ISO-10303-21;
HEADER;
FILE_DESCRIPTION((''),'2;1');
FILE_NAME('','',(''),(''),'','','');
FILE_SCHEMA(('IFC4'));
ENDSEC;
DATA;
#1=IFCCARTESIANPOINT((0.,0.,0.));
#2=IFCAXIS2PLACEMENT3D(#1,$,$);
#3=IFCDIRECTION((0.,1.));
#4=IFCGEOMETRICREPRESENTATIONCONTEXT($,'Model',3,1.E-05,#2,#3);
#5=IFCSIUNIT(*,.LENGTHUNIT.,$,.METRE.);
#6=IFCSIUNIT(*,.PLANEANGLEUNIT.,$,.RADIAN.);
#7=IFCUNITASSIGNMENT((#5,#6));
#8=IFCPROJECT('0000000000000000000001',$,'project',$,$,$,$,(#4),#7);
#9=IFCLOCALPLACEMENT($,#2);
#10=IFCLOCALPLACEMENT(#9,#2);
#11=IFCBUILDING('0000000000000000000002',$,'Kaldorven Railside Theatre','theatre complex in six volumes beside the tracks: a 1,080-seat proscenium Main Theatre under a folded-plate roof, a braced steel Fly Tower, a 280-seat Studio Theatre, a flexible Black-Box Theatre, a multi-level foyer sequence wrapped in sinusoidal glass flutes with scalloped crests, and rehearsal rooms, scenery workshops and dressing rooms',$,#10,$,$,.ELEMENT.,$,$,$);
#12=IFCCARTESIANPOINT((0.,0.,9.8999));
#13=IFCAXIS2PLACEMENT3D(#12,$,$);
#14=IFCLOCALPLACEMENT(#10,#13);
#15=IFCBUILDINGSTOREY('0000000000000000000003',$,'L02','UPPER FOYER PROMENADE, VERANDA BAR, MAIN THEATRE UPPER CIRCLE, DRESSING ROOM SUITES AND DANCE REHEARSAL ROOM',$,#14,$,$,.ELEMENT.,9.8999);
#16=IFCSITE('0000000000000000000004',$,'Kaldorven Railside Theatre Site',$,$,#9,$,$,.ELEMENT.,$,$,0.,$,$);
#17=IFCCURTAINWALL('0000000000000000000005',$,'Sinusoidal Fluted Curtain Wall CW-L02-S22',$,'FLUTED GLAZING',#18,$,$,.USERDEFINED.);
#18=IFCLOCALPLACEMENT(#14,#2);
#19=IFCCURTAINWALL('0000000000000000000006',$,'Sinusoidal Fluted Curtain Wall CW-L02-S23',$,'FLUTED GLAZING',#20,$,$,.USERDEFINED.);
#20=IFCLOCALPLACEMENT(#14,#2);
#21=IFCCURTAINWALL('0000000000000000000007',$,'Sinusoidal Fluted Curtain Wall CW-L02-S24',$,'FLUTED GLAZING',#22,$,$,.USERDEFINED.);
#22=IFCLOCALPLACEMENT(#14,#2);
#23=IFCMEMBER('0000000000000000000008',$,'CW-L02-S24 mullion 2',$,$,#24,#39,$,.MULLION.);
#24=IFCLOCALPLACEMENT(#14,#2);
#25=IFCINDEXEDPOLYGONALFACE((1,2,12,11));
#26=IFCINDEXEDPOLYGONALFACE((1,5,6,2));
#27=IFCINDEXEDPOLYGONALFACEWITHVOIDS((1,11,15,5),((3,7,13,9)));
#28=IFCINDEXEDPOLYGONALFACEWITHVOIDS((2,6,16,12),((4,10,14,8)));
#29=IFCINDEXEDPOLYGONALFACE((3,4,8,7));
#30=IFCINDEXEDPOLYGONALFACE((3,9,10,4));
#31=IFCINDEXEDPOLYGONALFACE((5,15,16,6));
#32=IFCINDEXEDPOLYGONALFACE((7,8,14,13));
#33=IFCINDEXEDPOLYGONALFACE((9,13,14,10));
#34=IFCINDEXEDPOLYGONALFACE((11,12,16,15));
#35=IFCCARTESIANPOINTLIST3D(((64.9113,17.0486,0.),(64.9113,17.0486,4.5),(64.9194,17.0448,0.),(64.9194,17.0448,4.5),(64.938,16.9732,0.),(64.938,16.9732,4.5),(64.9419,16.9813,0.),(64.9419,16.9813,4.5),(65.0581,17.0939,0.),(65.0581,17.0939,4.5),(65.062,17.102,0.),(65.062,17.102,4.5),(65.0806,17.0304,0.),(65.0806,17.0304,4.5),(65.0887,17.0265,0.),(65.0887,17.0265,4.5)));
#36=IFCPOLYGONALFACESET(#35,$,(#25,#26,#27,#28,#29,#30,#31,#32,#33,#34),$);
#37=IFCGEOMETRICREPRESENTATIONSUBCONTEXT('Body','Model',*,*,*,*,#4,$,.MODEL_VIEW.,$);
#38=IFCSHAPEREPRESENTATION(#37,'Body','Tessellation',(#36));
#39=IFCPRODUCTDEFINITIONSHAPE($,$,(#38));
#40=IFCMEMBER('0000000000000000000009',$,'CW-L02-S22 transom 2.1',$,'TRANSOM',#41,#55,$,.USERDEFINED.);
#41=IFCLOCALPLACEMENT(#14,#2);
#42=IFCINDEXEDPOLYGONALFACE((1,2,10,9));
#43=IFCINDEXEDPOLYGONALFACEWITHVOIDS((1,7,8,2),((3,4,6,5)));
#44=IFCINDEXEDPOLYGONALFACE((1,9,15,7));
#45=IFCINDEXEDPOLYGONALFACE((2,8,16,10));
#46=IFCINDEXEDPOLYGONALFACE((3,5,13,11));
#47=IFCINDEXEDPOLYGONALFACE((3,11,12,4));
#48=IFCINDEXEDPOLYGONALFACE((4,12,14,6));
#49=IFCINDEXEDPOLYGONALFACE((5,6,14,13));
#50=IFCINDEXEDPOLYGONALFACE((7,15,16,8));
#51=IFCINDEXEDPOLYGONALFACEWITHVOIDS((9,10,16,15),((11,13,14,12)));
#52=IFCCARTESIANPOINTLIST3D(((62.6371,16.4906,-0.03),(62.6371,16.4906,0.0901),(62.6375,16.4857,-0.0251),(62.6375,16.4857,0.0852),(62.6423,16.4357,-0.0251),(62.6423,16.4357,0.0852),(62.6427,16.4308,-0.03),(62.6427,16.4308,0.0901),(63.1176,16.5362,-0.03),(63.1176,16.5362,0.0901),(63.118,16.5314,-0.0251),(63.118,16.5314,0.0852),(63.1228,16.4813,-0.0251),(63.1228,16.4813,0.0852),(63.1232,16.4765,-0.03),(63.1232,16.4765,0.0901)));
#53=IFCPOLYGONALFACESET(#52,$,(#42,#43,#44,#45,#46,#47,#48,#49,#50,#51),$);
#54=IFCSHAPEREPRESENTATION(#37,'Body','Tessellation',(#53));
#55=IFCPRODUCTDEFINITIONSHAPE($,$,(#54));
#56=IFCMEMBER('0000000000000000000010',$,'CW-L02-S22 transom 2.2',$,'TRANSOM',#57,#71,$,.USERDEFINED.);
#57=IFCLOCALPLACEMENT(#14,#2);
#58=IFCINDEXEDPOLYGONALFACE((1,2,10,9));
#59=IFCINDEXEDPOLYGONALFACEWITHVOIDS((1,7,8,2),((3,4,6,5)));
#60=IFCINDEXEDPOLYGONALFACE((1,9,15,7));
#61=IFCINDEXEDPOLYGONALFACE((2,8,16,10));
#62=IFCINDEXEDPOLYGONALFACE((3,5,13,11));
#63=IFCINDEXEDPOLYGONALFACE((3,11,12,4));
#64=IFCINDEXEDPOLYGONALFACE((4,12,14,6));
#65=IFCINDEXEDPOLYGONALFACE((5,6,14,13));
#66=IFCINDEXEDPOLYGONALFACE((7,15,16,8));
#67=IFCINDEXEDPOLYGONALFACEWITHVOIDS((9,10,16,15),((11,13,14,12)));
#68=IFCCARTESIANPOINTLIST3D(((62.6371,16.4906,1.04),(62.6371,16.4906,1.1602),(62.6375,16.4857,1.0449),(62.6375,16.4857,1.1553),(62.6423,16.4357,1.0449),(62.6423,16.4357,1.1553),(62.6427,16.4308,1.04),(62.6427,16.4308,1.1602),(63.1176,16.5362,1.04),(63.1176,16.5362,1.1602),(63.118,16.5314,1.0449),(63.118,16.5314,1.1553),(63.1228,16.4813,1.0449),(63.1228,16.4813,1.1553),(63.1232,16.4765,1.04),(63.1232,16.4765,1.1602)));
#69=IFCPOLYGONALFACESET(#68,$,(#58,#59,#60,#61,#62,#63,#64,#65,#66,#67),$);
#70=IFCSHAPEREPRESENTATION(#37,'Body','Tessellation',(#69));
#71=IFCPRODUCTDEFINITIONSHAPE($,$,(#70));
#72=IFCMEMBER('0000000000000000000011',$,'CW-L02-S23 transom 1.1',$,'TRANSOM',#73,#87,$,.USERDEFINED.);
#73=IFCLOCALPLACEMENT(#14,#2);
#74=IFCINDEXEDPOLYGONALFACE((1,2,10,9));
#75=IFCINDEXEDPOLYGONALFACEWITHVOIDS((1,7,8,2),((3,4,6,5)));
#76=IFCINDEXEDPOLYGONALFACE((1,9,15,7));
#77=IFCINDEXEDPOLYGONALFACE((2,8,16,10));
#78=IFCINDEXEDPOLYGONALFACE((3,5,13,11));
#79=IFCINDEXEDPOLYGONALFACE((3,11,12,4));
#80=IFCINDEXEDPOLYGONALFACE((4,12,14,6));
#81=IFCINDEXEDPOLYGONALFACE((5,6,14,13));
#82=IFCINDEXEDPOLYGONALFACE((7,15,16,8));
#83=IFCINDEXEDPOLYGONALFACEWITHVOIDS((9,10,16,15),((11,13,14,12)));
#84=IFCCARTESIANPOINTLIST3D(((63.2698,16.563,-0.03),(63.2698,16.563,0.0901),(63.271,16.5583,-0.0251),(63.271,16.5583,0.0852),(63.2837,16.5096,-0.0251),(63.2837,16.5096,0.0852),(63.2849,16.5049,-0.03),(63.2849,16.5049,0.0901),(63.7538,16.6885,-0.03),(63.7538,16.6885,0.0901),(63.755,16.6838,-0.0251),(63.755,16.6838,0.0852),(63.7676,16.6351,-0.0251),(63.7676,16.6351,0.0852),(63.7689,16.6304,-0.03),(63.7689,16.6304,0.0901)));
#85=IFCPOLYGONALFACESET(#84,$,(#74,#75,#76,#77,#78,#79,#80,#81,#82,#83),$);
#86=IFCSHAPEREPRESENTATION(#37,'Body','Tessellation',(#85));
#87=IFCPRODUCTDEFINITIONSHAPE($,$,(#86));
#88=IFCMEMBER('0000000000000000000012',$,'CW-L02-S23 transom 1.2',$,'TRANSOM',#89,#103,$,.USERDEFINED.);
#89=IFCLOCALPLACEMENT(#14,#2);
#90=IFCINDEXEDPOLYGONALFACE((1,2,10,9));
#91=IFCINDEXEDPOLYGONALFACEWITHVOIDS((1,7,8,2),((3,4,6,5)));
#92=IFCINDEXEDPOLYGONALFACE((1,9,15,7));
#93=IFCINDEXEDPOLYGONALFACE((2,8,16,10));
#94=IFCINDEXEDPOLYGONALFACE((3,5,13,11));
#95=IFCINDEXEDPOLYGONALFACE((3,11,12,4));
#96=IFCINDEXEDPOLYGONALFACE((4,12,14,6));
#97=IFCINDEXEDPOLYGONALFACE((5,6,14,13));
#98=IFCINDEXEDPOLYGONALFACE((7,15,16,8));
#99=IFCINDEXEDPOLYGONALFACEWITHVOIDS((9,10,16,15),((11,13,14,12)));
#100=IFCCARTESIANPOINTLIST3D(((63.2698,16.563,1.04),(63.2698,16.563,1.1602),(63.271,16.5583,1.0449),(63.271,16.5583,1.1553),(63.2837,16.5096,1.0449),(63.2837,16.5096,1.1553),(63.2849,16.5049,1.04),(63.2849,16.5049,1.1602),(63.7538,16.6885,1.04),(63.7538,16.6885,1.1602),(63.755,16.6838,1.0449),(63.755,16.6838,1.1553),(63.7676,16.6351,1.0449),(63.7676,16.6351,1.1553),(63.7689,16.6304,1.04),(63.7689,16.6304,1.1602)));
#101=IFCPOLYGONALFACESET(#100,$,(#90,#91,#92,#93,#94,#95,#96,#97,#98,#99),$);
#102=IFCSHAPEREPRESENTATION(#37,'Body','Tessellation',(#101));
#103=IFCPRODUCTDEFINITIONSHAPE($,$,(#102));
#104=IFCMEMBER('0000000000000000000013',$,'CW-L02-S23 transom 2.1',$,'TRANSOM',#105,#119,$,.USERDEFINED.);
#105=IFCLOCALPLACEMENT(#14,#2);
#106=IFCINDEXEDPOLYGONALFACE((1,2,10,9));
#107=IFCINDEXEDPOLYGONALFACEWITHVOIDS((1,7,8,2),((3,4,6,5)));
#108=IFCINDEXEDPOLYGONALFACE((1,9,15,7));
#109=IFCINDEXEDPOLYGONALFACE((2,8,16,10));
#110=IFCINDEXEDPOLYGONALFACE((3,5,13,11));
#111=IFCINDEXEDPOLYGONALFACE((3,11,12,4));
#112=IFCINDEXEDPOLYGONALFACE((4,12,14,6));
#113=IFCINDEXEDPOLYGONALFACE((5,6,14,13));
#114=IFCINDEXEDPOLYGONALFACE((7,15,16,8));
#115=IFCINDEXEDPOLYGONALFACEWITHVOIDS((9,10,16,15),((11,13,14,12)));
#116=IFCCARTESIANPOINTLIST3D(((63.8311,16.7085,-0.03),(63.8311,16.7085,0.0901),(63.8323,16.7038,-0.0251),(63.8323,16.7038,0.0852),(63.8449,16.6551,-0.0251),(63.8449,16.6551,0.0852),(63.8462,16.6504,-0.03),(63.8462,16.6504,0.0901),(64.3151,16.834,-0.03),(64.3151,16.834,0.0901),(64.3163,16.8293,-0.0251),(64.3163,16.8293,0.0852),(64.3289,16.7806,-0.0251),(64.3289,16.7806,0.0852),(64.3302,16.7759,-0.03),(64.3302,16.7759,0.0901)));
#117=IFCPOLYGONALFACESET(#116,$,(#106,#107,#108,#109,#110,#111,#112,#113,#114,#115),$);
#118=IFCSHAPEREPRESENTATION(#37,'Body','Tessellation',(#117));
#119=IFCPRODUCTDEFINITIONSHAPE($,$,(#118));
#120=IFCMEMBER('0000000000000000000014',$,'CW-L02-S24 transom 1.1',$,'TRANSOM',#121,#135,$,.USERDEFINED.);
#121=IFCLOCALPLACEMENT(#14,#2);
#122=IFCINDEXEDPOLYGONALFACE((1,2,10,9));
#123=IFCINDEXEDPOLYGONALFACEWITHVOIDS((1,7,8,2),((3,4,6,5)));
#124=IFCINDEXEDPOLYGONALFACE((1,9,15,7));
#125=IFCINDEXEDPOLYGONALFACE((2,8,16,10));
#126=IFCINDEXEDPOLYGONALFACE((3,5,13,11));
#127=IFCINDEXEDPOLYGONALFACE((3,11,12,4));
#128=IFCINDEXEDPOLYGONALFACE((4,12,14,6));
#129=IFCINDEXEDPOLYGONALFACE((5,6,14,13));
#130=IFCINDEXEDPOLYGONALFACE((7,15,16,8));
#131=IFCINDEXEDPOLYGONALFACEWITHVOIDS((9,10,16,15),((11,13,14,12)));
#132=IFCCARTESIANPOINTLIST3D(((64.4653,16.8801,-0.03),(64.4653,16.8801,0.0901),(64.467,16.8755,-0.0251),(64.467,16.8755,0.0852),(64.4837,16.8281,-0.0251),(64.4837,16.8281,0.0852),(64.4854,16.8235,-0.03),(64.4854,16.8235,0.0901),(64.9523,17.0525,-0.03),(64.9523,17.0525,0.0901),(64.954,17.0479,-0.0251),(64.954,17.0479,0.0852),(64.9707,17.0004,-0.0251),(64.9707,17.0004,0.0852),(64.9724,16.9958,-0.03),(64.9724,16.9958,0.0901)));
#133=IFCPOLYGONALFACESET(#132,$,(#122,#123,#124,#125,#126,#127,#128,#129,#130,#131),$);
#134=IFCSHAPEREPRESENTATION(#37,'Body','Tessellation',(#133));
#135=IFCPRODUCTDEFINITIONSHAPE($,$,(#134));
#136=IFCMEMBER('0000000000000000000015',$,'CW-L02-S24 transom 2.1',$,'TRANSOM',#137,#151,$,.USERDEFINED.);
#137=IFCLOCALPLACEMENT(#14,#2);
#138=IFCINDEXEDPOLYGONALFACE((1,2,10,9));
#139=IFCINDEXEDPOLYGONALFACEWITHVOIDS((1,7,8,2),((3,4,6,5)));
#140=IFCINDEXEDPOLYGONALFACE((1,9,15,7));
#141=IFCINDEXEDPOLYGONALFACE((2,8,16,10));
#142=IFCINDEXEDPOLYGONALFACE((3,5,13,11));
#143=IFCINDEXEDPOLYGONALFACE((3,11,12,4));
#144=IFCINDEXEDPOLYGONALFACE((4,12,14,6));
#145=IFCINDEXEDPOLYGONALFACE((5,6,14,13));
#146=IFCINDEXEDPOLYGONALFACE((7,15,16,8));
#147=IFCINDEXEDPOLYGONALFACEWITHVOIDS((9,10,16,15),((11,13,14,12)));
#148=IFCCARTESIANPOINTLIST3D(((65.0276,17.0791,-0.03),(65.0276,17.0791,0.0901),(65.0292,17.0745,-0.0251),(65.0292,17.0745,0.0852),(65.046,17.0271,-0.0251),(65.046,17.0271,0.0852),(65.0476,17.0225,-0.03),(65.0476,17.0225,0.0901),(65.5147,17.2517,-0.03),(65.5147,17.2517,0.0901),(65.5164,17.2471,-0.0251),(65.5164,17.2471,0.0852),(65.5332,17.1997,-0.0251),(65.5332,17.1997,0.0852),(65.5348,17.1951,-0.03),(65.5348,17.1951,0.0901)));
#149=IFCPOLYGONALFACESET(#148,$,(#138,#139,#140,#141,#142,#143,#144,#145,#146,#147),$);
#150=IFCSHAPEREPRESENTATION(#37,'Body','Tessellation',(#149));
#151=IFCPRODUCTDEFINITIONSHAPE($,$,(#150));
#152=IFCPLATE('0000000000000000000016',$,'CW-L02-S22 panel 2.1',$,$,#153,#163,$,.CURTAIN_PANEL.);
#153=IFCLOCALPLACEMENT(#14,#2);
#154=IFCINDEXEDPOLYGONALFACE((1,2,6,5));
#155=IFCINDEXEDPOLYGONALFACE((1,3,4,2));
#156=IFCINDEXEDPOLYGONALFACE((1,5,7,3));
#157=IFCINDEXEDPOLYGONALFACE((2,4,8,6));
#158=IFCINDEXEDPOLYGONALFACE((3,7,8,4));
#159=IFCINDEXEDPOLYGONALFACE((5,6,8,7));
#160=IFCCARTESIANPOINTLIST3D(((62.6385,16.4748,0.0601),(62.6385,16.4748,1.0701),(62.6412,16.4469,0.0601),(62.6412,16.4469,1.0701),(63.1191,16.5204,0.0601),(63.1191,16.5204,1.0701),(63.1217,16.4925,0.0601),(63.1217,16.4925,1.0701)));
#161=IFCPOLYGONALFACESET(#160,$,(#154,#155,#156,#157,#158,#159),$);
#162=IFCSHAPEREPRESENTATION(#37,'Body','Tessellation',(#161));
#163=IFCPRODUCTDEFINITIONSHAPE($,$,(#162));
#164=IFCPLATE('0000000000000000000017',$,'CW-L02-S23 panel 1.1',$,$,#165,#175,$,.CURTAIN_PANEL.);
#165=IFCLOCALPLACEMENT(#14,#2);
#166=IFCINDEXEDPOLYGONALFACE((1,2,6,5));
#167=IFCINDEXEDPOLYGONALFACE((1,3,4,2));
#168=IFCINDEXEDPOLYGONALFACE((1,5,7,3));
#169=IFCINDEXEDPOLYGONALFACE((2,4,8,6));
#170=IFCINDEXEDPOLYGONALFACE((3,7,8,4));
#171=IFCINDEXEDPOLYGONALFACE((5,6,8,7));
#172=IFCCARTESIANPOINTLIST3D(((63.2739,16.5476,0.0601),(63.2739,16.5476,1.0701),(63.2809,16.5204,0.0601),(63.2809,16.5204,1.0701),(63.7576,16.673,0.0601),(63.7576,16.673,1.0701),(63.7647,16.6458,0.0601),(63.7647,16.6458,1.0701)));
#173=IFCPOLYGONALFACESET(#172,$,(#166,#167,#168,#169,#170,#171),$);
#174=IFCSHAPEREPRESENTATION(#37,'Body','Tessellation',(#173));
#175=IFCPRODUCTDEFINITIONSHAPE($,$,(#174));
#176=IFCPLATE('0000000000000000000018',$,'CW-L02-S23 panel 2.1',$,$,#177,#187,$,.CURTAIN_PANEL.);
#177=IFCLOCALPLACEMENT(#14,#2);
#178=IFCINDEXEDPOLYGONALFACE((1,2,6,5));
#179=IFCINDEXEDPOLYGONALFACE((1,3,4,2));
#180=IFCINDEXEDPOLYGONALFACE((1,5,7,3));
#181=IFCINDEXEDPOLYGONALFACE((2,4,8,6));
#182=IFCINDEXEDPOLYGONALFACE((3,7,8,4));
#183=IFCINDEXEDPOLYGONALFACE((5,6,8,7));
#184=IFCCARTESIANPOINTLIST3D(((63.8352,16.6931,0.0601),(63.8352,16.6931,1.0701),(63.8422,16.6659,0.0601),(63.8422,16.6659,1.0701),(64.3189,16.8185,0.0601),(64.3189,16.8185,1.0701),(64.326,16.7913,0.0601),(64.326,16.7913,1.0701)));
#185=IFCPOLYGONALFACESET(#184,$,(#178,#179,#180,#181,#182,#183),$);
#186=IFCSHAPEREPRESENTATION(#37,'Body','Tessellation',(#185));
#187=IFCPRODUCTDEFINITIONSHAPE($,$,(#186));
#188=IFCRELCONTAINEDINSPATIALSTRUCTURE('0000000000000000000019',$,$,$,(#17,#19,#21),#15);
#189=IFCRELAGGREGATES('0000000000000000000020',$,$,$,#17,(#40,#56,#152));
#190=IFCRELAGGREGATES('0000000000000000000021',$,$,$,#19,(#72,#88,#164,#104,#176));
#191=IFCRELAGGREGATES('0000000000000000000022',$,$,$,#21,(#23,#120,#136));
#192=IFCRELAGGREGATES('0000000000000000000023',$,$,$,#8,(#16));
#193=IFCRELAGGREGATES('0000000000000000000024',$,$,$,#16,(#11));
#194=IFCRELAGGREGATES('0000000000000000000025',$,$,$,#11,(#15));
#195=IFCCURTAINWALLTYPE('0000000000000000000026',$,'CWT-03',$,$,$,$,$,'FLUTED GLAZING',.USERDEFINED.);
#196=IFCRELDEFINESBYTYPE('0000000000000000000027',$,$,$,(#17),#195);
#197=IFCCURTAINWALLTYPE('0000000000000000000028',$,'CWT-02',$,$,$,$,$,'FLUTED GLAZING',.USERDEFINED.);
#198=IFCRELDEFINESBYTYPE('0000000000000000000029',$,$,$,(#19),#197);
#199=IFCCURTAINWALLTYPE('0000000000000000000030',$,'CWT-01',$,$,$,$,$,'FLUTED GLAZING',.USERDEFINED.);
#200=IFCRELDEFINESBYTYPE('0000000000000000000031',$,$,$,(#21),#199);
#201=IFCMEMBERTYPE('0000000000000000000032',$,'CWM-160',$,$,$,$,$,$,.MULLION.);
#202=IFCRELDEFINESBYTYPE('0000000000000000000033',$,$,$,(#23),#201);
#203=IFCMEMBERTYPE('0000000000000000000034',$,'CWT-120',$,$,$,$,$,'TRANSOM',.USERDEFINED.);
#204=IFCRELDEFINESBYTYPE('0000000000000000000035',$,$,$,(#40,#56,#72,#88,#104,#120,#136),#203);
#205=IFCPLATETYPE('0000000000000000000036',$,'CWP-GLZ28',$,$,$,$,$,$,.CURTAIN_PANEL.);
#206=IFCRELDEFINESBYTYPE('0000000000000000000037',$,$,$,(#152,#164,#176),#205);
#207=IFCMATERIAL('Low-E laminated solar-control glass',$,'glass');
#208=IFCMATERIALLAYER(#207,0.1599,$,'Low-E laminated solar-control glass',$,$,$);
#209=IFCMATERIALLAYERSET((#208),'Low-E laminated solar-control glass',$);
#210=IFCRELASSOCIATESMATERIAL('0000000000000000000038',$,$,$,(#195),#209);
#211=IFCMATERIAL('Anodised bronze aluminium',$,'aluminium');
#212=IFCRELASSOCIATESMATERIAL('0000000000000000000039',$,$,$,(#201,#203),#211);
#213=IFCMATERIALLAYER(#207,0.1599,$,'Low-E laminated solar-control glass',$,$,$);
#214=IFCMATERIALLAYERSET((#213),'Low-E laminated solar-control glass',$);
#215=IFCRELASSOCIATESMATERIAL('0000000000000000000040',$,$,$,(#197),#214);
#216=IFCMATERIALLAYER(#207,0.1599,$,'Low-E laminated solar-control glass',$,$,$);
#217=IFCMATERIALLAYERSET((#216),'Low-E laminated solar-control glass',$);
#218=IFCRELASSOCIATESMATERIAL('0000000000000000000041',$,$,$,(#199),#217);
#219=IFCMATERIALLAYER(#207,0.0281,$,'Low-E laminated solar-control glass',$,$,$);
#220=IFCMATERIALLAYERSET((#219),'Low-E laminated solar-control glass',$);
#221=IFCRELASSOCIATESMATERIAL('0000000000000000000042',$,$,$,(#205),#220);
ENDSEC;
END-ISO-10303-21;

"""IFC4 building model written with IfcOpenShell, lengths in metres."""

from ifc_helpers import new_model, si_unit, direction, frame, origin, origin_2d, place, context, subcontext, project, spatial, rectangle, hollow_rectangle, extrude, material, layer, layer_set, material_profile, profile_set, type_object, element, aggregate, save


model = new_model("IFC4")

# Units and contexts
model_context = context("Model", 3, precision=1e-05, world=origin(), true_north=direction((0.0, 1.0)))
body_context = subcontext(model_context, "Body", "Model", "MODEL_VIEW")
ifc_project = project(units=[si_unit("LENGTHUNIT", "METRE"), si_unit("PLANEANGLEUNIT", "RADIAN")], contexts=[model_context])

# Site, building, storey
site_placement = place(None, origin())
site = spatial("IfcSite", under=ifc_project, at=site_placement, Name="Kaldorven Railside Theatre Site", CompositionType="ELEMENT", RefElevation=0.0)
building_placement = place(site_placement, origin())
building = spatial("IfcBuilding", under=site, at=building_placement, Name="Kaldorven Railside Theatre", Description="theatre complex in six volumes beside the tracks: a 1,080-seat proscenium Main Theatre under a folded-plate roof, a braced steel Fly Tower, a 280-seat Studio Theatre, a flexible Black-Box Theatre, a multi-level foyer sequence wrapped in sinusoidal glass flutes with scalloped crests, and rehearsal rooms, scenery workshops and dressing rooms", CompositionType="ELEMENT")
storey_placement = place(building_placement, frame((0.0, 0.0, 9.8999)))
storey = spatial("IfcBuildingStorey", under=building, at=storey_placement, Name="L02", Description="UPPER FOYER PROMENADE, VERANDA BAR, MAIN THEATRE UPPER CIRCLE, DRESSING ROOM SUITES AND DANCE REHEARSAL ROOM", CompositionType="ELEMENT", Elevation=9.8999)

# Curtain walls, member
ifc_material_1 = material(Name="Low-E laminated solar-control glass", Category="glass")
ifc_layer_1 = layer(ifc_material_1, 0.1599, Name="Low-E laminated solar-control glass")
ifc_layer_set_1 = layer_set([ifc_layer_1], Name="Low-E laminated solar-control glass")
curtain_wall_type_1 = type_object("IfcCurtainWallType", Name="CWT-03", ElementType="FLUTED GLAZING", PredefinedType="USERDEFINED", material=ifc_layer_set_1)
curtain_wall_1_placement = place(storey_placement, origin())
curtain_wall_1 = element("IfcCurtainWall", 1, at=curtain_wall_1_placement, inside=storey, type_object=curtain_wall_type_1, Name="Sinusoidal Fluted Curtain Wall CW-L02-S22", ObjectType="FLUTED GLAZING", PredefinedType="USERDEFINED")
ifc_material_2 = material(Name="Anodised bronze aluminium", Category="aluminium")
ifc_material_profile_1 = material_profile(ifc_material_2, hollow_rectangle(XDim=0.0801, YDim=0.1599, WallThickness=0.0063, at=origin_2d()), Name="RHS 160x80x6.3")
ifc_profile_set_1 = profile_set([ifc_material_profile_1], Name="Anodised bronze aluminium")
member_type_1 = type_object("IfcMemberType", Name="CWM-160", PredefinedType="MULLION", material=ifc_profile_set_1)
ifc_layer_2 = layer(ifc_material_1, 0.1599, Name="Low-E laminated solar-control glass")
ifc_layer_set_2 = layer_set([ifc_layer_2], Name="Low-E laminated solar-control glass")
curtain_wall_type_2 = type_object("IfcCurtainWallType", Name="CWT-02", ElementType="FLUTED GLAZING", PredefinedType="USERDEFINED", material=ifc_layer_set_2)
curtain_wall_2_placement = place(storey_placement, origin())
curtain_wall_2 = element("IfcCurtainWall", 2, at=curtain_wall_2_placement, inside=storey, type_object=curtain_wall_type_2, Name="Sinusoidal Fluted Curtain Wall CW-L02-S23", ObjectType="FLUTED GLAZING", PredefinedType="USERDEFINED")
ifc_layer_3 = layer(ifc_material_1, 0.1599, Name="Low-E laminated solar-control glass")
ifc_layer_set_3 = layer_set([ifc_layer_3], Name="Low-E laminated solar-control glass")
curtain_wall_type_3 = type_object("IfcCurtainWallType", Name="CWT-01", ElementType="FLUTED GLAZING", PredefinedType="USERDEFINED", material=ifc_layer_set_3)
curtain_wall_3_placement = place(storey_placement, origin())
curtain_wall_3 = element("IfcCurtainWall", 3, at=curtain_wall_3_placement, inside=storey, type_object=curtain_wall_type_3, Name="Sinusoidal Fluted Curtain Wall CW-L02-S24", ObjectType="FLUTED GLAZING", PredefinedType="USERDEFINED")
member_1_placement = place(storey_placement, frame((65.0, 17.0376, 0.0), z_axis=(0.0, 0.0, 1.0), x_axis=(-0.333847, 0.942627, 0.0)))
member_1 = element("IfcMember", 4, at=member_1_placement, type_object=member_type_1, Name="CW-L02-S24 mullion 2", PredefinedType="MULLION", context=body_context, shape_type="SweptSolid", body=[
    extrude(hollow_rectangle(XDim=0.0801, YDim=0.1599, WallThickness=0.0063, at=origin_2d()), origin(), (0.0, 0.0, 1.0), 4.5),
])

# Members
ifc_material_profile_2 = material_profile(ifc_material_2, hollow_rectangle(XDim=0.0601, YDim=0.1201, WallThickness=0.0049, at=origin_2d()), Name="RHS 120x60x5")
ifc_profile_set_2 = profile_set([ifc_material_profile_2], Name="Anodised bronze aluminium")
member_type_2 = type_object("IfcMemberType", Name="CWT-120", ElementType="TRANSOM", PredefinedType="USERDEFINED", material=ifc_profile_set_2)
member_2_placement = place(storey_placement, frame((62.6399, 16.4607, 0.03), z_axis=(0.995516, 0.094594, 0.0), x_axis=(-0.094594, 0.995516, 0.0)))
member_2 = element("IfcMember", 5, at=member_2_placement, type_object=member_type_2, Name="CW-L02-S22 transom 2.1", ObjectType="TRANSOM", PredefinedType="USERDEFINED", context=body_context, shape_type="SweptSolid", body=[
    extrude(hollow_rectangle(XDim=0.0601, YDim=0.1201, WallThickness=0.0049, at=origin_2d()), origin(), (0.0, 0.0, 1.0), 0.4827),
])
member_3_placement = place(storey_placement, frame((62.6399, 16.4607, 1.1001), z_axis=(0.995516, 0.094594, 0.0), x_axis=(-0.094594, 0.995516, 0.0)))
member_3 = element("IfcMember", 6, at=member_3_placement, type_object=member_type_2, Name="CW-L02-S22 transom 2.2", ObjectType="TRANSOM", PredefinedType="USERDEFINED", context=body_context, shape_type="SweptSolid", body=[
    extrude(hollow_rectangle(XDim=0.0601, YDim=0.1201, WallThickness=0.0049, at=origin_2d()), origin(), (0.0, 0.0, 1.0), 0.4827),
])
member_4_placement = place(storey_placement, frame((63.2773, 16.5339, 0.03), z_axis=(0.967979, 0.25103, 0.0), x_axis=(-0.25103, 0.967979, 0.0)))
member_4 = element("IfcMember", 7, at=member_4_placement, type_object=member_type_2, Name="CW-L02-S23 transom 1.1", ObjectType="TRANSOM", PredefinedType="USERDEFINED", context=body_context, shape_type="SweptSolid", body=[
    extrude(hollow_rectangle(XDim=0.0601, YDim=0.1201, WallThickness=0.0049, at=origin_2d()), origin(), (0.0, 0.0, 1.0), 0.5),
])
member_5_placement = place(storey_placement, frame((63.2773, 16.5339, 1.1001), z_axis=(0.967979, 0.25103, 0.0), x_axis=(-0.25103, 0.967979, 0.0)))
member_5 = element("IfcMember", 8, at=member_5_placement, type_object=member_type_2, Name="CW-L02-S23 transom 1.2", ObjectType="TRANSOM", PredefinedType="USERDEFINED", context=body_context, shape_type="SweptSolid", body=[
    extrude(hollow_rectangle(XDim=0.0601, YDim=0.1201, WallThickness=0.0049, at=origin_2d()), origin(), (0.0, 0.0, 1.0), 0.5),
])
member_6_placement = place(storey_placement, frame((63.8386, 16.6794, 0.03), z_axis=(0.967979, 0.25103, 0.0), x_axis=(-0.25103, 0.967979, 0.0)))
member_6 = element("IfcMember", 9, at=member_6_placement, type_object=member_type_2, Name="CW-L02-S23 transom 2.1", ObjectType="TRANSOM", PredefinedType="USERDEFINED", context=body_context, shape_type="SweptSolid", body=[
    extrude(hollow_rectangle(XDim=0.0601, YDim=0.1201, WallThickness=0.0049, at=origin_2d()), origin(), (0.0, 0.0, 1.0), 0.5),
])
member_7_placement = place(storey_placement, frame((64.4753, 16.8518, 0.03), z_axis=(0.942711, 0.333611, 0.0), x_axis=(-0.333611, 0.942711, 0.0)))
member_7 = element("IfcMember", 10, at=member_7_placement, type_object=member_type_2, Name="CW-L02-S24 transom 1.1", ObjectType="TRANSOM", PredefinedType="USERDEFINED", context=body_context, shape_type="SweptSolid", body=[
    extrude(hollow_rectangle(XDim=0.0601, YDim=0.1201, WallThickness=0.0049, at=origin_2d()), origin(), (0.0, 0.0, 1.0), 0.5166),
])
member_8_placement = place(storey_placement, frame((65.0376, 17.0508, 0.03), z_axis=(0.942562, 0.334031, 0.0), x_axis=(-0.334031, 0.942562, 0.0)))
member_8 = element("IfcMember", 11, at=member_8_placement, type_object=member_type_2, Name="CW-L02-S24 transom 2.1", ObjectType="TRANSOM", PredefinedType="USERDEFINED", context=body_context, shape_type="SweptSolid", body=[
    extrude(hollow_rectangle(XDim=0.0601, YDim=0.1201, WallThickness=0.0049, at=origin_2d()), origin(), (0.0, 0.0, 1.0), 0.5168),
])

# Plates
ifc_layer_4 = layer(ifc_material_1, 0.0281, Name="Low-E laminated solar-control glass")
ifc_layer_set_4 = layer_set([ifc_layer_4], Name="Low-E laminated solar-control glass")
plate_type = type_object("IfcPlateType", Name="CWP-GLZ28", PredefinedType="CURTAIN_PANEL", material=ifc_layer_set_4)
plate_1_placement = place(storey_placement, frame((62.8801, 16.4836, 0.0601), z_axis=(0.0, 0.0, 1.0), x_axis=(0.995526, 0.094492, 0.0)))
plate_1 = element("IfcPlate", 12, at=plate_1_placement, type_object=plate_type, Name="CW-L02-S22 panel 2.1", PredefinedType="CURTAIN_PANEL", context=body_context, shape_type="SweptSolid", body=[
    extrude(rectangle(XDim=0.4827, YDim=0.0281, at=origin_2d()), origin(), (0.0, 0.0, 1.0), 1.01),
])
aggregate(curtain_wall_1, [member_2, member_3, plate_1])
plate_2_placement = place(storey_placement, frame((63.5193, 16.5967, 0.0601), z_axis=(0.0, 0.0, 1.0), x_axis=(0.967999, 0.250954, 0.0)))
plate_2 = element("IfcPlate", 13, at=plate_2_placement, type_object=plate_type, Name="CW-L02-S23 panel 1.1", PredefinedType="CURTAIN_PANEL", context=body_context, shape_type="SweptSolid", body=[
    extrude(rectangle(XDim=0.4998, YDim=0.0281, at=origin_2d()), origin(), (0.0, 0.0, 1.0), 1.01),
])
plate_3_placement = place(storey_placement, frame((64.0806, 16.7422, 0.0601), z_axis=(0.0, 0.0, 1.0), x_axis=(0.967999, 0.250954, 0.0)))
plate_3 = element("IfcPlate", 14, at=plate_3_placement, type_object=plate_type, Name="CW-L02-S23 panel 2.1", PredefinedType="CURTAIN_PANEL", context=body_context, shape_type="SweptSolid", body=[
    extrude(rectangle(XDim=0.4998, YDim=0.0281, at=origin_2d()), origin(), (0.0, 0.0, 1.0), 1.01),
])
aggregate(curtain_wall_2, [member_4, member_5, plate_2, member_6, plate_3])
aggregate(curtain_wall_3, [member_1, member_7, member_8])

save(model, "model.ifc")
